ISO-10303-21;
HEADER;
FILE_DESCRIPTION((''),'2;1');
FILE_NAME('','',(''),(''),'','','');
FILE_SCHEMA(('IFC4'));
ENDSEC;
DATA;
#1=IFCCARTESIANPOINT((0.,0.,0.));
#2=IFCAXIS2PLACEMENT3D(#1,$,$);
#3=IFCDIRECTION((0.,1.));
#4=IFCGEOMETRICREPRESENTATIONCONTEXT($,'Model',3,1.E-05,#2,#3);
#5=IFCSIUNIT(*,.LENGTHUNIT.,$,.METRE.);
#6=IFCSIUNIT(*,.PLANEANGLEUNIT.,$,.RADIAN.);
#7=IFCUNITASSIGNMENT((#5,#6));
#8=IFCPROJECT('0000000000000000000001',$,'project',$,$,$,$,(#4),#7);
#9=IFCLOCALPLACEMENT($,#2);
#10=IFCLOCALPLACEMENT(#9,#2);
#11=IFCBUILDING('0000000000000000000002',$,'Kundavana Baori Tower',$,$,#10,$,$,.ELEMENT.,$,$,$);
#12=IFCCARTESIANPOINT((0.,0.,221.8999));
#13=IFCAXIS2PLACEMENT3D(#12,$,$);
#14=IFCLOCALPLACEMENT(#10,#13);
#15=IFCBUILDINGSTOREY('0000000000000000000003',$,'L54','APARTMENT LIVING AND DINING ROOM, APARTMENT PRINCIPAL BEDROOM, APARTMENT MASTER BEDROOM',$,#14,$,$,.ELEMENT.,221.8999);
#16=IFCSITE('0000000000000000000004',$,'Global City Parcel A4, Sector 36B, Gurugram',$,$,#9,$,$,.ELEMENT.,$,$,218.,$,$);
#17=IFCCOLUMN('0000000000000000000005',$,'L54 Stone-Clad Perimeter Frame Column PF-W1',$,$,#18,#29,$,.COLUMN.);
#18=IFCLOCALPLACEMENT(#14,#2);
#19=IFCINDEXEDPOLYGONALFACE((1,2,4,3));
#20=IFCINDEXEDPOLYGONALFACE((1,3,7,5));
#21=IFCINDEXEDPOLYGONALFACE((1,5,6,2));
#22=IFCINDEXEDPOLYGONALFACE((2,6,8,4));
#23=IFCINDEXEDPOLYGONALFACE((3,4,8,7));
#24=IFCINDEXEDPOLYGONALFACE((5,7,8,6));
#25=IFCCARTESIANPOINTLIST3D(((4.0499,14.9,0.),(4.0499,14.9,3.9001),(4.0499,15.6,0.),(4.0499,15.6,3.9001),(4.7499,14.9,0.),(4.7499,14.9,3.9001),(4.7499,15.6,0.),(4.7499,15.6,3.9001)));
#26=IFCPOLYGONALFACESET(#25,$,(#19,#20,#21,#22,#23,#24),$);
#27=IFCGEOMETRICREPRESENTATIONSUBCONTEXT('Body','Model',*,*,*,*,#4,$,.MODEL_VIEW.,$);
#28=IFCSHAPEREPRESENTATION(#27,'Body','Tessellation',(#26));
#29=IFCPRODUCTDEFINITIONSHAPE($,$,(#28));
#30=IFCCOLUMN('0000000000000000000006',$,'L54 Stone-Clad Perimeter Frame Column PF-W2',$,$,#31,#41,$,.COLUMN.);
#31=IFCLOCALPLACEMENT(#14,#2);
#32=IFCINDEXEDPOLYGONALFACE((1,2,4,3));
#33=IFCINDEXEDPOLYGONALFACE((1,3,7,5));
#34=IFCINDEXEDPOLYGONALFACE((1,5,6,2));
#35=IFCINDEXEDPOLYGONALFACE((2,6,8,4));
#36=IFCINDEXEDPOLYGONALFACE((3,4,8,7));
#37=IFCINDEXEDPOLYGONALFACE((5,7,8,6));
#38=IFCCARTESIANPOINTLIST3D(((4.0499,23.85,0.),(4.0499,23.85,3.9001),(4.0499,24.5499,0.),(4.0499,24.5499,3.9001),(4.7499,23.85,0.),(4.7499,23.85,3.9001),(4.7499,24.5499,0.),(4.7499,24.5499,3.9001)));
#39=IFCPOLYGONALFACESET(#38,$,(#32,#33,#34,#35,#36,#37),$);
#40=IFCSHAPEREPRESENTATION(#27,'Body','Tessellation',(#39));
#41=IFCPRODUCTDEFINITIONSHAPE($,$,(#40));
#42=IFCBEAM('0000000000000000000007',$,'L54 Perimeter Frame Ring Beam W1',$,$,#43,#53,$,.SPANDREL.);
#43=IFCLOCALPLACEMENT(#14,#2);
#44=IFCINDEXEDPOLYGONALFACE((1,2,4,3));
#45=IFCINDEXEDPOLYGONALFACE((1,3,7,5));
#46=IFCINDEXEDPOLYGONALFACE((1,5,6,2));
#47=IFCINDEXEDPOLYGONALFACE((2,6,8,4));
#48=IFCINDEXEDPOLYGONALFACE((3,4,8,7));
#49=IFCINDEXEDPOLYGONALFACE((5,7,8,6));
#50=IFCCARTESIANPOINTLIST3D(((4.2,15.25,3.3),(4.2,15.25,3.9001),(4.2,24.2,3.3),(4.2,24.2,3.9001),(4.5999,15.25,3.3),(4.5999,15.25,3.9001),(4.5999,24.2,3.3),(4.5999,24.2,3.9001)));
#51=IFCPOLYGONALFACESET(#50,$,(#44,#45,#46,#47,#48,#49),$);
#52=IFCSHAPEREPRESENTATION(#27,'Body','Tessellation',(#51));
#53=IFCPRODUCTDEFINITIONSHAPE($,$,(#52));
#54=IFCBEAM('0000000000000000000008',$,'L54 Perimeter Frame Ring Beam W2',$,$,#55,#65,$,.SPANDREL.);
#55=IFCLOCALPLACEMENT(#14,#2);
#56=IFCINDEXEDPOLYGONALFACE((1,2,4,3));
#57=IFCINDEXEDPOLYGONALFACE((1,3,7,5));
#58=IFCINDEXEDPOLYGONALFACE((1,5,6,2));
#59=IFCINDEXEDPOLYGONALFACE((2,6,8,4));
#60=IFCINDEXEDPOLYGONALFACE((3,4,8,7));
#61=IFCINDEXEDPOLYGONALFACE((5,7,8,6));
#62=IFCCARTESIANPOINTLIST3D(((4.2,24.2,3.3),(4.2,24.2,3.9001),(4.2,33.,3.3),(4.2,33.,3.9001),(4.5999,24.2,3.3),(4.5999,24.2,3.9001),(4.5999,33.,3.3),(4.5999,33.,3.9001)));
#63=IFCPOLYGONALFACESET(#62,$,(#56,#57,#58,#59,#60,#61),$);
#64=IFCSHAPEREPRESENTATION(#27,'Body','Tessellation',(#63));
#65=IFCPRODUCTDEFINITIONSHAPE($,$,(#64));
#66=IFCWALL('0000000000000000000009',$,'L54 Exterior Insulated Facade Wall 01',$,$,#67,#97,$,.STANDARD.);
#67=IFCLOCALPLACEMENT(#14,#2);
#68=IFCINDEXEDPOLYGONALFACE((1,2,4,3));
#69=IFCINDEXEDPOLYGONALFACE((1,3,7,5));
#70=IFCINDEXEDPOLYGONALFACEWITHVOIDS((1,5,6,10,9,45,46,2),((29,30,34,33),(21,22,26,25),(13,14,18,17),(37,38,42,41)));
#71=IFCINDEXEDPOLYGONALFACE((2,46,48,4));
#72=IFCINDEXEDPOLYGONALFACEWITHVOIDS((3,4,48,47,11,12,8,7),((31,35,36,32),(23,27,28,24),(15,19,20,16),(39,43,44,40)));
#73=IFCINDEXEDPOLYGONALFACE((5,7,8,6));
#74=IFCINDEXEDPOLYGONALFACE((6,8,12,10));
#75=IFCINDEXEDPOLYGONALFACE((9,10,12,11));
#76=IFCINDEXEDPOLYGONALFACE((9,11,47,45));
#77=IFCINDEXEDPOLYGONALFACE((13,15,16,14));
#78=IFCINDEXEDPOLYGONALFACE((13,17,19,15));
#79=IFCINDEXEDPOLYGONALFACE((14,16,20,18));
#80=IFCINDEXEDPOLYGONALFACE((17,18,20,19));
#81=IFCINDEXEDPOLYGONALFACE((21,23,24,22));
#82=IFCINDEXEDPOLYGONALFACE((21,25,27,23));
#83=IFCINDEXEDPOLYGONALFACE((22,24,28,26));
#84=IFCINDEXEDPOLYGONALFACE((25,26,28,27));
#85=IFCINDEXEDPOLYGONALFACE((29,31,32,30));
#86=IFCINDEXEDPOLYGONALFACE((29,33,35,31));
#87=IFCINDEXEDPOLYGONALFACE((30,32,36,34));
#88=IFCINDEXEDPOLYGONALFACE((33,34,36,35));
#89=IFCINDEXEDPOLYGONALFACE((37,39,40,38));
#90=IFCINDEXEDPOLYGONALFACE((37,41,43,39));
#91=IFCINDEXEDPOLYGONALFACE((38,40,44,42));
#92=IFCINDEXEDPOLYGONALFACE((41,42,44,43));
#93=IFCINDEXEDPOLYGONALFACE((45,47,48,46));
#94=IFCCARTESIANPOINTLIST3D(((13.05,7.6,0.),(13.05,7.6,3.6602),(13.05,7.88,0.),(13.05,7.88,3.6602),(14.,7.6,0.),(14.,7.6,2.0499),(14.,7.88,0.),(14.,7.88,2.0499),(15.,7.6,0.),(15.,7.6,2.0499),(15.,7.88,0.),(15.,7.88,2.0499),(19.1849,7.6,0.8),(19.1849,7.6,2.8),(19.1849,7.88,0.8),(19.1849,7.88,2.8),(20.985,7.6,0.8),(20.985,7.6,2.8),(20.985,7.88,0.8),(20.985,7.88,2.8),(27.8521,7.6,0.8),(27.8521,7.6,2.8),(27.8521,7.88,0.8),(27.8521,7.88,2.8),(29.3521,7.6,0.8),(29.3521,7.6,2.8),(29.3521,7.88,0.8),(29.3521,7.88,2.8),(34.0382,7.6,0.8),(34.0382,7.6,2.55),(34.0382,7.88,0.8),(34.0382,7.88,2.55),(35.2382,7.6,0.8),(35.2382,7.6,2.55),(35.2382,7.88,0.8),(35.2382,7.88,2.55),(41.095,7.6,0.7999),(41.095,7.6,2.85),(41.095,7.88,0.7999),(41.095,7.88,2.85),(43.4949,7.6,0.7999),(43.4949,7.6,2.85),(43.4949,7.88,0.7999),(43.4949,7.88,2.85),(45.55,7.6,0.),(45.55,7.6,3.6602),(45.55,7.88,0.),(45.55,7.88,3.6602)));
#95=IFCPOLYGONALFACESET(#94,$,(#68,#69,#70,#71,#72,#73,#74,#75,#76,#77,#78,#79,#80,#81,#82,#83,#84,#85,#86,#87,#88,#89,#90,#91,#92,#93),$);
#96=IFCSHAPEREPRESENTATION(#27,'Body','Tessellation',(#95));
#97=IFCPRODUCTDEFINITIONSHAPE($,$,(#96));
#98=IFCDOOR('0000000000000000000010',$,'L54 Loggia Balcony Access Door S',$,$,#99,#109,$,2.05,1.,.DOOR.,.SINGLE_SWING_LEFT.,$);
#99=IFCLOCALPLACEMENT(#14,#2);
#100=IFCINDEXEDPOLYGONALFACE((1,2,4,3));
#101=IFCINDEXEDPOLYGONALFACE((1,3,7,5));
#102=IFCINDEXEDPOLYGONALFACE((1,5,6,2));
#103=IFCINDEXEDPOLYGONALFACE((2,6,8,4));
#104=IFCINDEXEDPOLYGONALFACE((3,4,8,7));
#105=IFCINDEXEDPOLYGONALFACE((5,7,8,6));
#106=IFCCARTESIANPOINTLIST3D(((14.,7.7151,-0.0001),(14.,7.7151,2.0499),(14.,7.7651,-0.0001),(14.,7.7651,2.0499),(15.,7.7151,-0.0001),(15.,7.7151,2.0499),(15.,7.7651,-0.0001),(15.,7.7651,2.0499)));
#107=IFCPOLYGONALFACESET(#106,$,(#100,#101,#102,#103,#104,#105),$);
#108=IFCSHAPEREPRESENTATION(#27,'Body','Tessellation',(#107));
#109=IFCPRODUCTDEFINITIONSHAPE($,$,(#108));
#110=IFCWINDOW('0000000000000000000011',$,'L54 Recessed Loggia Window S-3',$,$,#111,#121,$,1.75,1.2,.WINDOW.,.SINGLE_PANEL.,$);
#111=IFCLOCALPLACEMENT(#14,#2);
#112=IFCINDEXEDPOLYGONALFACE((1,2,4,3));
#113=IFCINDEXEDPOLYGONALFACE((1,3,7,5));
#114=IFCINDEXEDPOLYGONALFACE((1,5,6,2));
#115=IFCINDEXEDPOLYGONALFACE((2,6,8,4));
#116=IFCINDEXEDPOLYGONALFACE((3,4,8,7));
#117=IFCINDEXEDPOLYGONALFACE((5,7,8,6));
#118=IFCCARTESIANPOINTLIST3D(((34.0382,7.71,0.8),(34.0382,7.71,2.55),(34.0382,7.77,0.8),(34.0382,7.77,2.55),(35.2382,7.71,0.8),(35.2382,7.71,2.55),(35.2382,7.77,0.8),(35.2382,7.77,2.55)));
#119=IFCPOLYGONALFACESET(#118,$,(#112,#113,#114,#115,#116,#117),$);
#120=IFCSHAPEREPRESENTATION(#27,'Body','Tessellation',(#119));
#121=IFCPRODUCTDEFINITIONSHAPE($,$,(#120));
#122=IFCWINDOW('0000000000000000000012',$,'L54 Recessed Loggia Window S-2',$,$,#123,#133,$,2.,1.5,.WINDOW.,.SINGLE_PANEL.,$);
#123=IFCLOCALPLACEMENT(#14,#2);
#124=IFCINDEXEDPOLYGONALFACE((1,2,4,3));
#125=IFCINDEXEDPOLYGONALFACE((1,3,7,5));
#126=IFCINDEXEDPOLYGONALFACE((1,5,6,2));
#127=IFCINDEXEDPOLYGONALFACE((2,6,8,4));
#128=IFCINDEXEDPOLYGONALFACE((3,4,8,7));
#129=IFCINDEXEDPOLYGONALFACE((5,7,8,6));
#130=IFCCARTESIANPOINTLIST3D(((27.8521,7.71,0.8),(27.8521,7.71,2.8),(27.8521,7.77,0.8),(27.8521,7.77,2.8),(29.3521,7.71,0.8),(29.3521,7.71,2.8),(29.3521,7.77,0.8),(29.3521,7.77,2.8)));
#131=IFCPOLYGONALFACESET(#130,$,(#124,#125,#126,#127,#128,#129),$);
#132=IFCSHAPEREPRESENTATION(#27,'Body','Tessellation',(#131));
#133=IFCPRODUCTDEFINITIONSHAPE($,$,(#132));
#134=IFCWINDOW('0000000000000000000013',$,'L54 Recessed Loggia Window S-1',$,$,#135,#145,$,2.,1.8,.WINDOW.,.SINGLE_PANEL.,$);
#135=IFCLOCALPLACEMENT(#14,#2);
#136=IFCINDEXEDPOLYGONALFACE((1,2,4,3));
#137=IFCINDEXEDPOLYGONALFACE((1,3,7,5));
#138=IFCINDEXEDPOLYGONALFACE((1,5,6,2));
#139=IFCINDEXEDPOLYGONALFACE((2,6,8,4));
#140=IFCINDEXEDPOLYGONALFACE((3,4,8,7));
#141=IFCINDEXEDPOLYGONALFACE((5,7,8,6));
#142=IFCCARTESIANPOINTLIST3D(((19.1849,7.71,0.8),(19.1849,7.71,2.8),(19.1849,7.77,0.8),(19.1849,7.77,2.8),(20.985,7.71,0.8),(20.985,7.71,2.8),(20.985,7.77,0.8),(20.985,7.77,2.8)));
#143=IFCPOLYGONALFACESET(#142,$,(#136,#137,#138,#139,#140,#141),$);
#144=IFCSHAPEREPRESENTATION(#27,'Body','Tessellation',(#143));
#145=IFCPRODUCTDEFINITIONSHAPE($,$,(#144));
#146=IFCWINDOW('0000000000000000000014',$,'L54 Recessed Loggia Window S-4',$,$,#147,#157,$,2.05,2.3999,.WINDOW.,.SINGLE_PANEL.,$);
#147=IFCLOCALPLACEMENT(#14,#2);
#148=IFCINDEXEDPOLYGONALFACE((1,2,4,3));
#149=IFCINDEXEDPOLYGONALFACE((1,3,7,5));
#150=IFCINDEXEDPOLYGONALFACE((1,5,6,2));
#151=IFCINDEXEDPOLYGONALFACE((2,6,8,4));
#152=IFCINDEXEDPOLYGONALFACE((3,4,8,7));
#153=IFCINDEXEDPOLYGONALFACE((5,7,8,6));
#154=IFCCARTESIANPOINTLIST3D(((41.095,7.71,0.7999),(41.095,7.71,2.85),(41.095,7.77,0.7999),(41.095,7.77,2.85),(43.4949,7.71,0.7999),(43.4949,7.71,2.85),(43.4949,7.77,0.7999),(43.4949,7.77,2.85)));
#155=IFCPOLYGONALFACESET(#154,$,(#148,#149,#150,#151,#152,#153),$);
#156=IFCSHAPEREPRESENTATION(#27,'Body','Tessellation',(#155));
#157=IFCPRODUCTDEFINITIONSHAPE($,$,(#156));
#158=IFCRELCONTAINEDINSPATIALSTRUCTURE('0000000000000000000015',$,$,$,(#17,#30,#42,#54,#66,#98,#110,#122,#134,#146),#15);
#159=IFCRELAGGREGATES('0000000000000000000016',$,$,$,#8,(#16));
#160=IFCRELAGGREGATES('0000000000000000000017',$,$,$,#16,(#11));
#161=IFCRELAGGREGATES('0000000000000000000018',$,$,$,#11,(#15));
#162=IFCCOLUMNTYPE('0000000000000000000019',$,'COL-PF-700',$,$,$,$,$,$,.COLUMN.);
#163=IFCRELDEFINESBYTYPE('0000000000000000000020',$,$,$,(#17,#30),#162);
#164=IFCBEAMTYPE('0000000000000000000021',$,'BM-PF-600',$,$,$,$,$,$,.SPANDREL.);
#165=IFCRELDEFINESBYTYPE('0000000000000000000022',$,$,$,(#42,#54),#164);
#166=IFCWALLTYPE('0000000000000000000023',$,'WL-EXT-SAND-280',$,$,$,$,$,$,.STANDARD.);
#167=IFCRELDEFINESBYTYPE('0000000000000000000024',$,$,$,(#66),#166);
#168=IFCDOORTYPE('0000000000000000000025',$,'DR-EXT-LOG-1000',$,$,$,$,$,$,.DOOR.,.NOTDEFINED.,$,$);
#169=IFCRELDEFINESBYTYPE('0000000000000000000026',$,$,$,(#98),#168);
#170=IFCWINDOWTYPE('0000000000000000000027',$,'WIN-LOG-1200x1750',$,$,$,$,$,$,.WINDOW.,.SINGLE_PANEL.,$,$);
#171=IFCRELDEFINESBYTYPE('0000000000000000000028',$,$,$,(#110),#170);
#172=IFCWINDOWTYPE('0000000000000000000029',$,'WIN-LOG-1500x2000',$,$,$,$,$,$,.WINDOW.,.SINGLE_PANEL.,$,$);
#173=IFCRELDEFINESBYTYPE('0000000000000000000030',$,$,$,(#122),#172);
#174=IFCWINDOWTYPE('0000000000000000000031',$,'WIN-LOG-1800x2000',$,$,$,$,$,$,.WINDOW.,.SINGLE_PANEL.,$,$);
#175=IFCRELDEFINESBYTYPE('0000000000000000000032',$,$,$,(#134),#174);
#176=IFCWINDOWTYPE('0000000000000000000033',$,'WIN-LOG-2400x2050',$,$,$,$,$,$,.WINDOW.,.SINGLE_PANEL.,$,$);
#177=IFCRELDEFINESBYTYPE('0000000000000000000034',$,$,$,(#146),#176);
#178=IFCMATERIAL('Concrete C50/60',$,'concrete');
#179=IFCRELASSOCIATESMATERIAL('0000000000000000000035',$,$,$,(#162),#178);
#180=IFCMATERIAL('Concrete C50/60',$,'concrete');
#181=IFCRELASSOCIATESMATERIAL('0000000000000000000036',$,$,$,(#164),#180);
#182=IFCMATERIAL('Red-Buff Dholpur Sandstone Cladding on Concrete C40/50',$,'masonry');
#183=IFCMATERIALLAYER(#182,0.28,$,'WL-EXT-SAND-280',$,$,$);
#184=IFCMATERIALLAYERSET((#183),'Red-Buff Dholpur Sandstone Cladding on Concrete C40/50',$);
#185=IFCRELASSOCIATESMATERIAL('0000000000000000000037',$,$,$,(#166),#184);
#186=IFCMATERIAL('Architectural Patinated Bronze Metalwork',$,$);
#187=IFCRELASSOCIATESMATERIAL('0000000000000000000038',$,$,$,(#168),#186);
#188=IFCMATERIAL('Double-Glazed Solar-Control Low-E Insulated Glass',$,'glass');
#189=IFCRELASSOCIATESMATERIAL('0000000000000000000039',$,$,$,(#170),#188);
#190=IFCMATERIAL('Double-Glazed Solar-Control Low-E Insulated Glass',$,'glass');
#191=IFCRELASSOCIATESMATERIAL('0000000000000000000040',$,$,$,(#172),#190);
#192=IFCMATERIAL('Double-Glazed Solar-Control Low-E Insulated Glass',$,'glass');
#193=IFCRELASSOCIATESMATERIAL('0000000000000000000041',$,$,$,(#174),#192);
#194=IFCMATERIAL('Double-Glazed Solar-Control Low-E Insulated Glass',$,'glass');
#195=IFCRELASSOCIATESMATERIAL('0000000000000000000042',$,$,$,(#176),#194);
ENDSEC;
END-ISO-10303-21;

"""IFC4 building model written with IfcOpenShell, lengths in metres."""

from ifc_helpers import new_model, si_unit, direction, frame, frame_2d, origin, origin_2d, place, context, subcontext, project, spatial, rectangle, extrude, material, layer, layer_set, material_profile, profile_set, type_object, element, fill, save


model = new_model("IFC4")

# Units and contexts
model_context = context("Model", 3, precision=1e-05, world=origin(), true_north=direction((0.0, 1.0)))
body_context = subcontext(model_context, "Body", "Model", "MODEL_VIEW")
ifc_project = project(units=[si_unit("LENGTHUNIT", "METRE"), si_unit("PLANEANGLEUNIT", "RADIAN")], contexts=[model_context])

# Site, building, storey
site_placement = place(None, origin())
site = spatial("IfcSite", under=ifc_project, at=site_placement, Name="Global City Parcel A4, Sector 36B, Gurugram", CompositionType="ELEMENT", RefElevation=218.0)
building_placement = place(site_placement, origin())
building = spatial("IfcBuilding", under=site, at=building_placement, Name="Kundavana Baori Tower", CompositionType="ELEMENT")
storey_placement = place(building_placement, frame((0.0, 0.0, 221.8999)))
storey = spatial("IfcBuildingStorey", under=building, at=storey_placement, Name="L54", Description="APARTMENT LIVING AND DINING ROOM, APARTMENT PRINCIPAL BEDROOM, APARTMENT MASTER BEDROOM", CompositionType="ELEMENT", Elevation=221.8999)

# Columns
ifc_material_1 = material(Name="Concrete C50/60", Category="concrete")
ifc_material_profile_1 = material_profile(ifc_material_1, rectangle(XDim=0.7, YDim=0.7, at=origin_2d()), Name="RC PF 700x700")
ifc_profile_set_1 = profile_set([ifc_material_profile_1], Name="Concrete C50/60")
column_type = type_object("IfcColumnType", Name="COL-PF-700", PredefinedType="COLUMN", material=ifc_profile_set_1)
for number, where, z_axis, x_axis, name in (
    (1, (4.3999, 15.25, 0.0), (0.0, 0.0, 1.0), (1.0, 0.0, 0.0), "L54 Stone-Clad Perimeter Frame Column PF-W1"),
    (2, (4.3999, 24.2, 0.0), (0.0, 0.0, 1.0), (1.0, 0.0, 0.0), "L54 Stone-Clad Perimeter Frame Column PF-W2"),
):
    element("IfcColumn", number, at=place(storey_placement, frame(where, z_axis=z_axis, x_axis=x_axis)), inside=storey, type_object=column_type, Name=name, PredefinedType="COLUMN", context=body_context, shape_type="SweptSolid", body=[
        extrude(rectangle(XDim=0.7, YDim=0.7, at=origin_2d()), origin(), (0.0, 0.0, 1.0), 3.9001),
    ])

# Beams
ifc_material_2 = material(Name="Concrete C50/60", Category="concrete")
ifc_material_profile_2 = material_profile(ifc_material_2, rectangle(XDim=0.3999, YDim=0.6001, at=origin_2d()), Name="RC BM 400x600")
ifc_profile_set_2 = profile_set([ifc_material_profile_2], Name="Concrete C50/60")
beam_type = type_object("IfcBeamType", Name="BM-PF-600", PredefinedType="SPANDREL", material=ifc_profile_set_2)
beam_1_placement = place(storey_placement, frame((4.3999, 15.25, 3.6001), z_axis=(0.0, 1.0, 0.0), x_axis=(-1.0, 0.0, 0.0)))
element("IfcBeam", 3, at=beam_1_placement, inside=storey, type_object=beam_type, Name="L54 Perimeter Frame Ring Beam W1", PredefinedType="SPANDREL", context=body_context, shape_type="SweptSolid", body=[
    extrude(rectangle(XDim=0.3999, YDim=0.6001, at=origin_2d()), origin(), (0.0, 0.0, 1.0), 8.95),
])
beam_2_placement = place(storey_placement, frame((4.3999, 24.2, 3.6001), z_axis=(0.0, 1.0, 0.0), x_axis=(-1.0, 0.0, 0.0)))
element("IfcBeam", 4, at=beam_2_placement, inside=storey, type_object=beam_type, Name="L54 Perimeter Frame Ring Beam W2", PredefinedType="SPANDREL", context=body_context, shape_type="SweptSolid", body=[
    extrude(rectangle(XDim=0.3999, YDim=0.6001, at=origin_2d()), origin(), (0.0, 0.0, 1.0), 8.8),
])

# Wall, openings, door, windows
ifc_material_3 = material(Name="Red-Buff Dholpur Sandstone Cladding on Concrete C40/50", Category="masonry")
ifc_layer_1 = layer(ifc_material_3, 0.28, Name="WL-EXT-SAND-280")
ifc_layer_set_1 = layer_set([ifc_layer_1], Name="Red-Buff Dholpur Sandstone Cladding on Concrete C40/50")
wall_type_1 = type_object("IfcWallType", Name="WL-EXT-SAND-280", PredefinedType="STANDARD", material=ifc_layer_set_1)
wall_1_placement = place(storey_placement, frame((13.05, 7.74, 0.0), z_axis=(0.0, 0.0, 1.0), x_axis=(1.0, 0.0, 0.0)))
wall_1 = element("IfcWall", 5, at=wall_1_placement, inside=storey, type_object=wall_type_1, Name="L54 Exterior Insulated Facade Wall 01", PredefinedType="STANDARD", context=body_context, shape_type="SweptSolid", body=[
    extrude(rectangle(XDim=32.5, YDim=0.28, at=frame_2d((16.25, 0.0))), origin(), (0.0, 0.0, 1.0), 3.6602),
])
opening_1_placement = place(wall_1_placement, frame((0.95, 0.0, 0.0)))
opening_1 = element("IfcOpeningElement", 6, at=opening_1_placement, cuts=wall_1, PredefinedType="OPENING", context=body_context, shape_type="SweptSolid", body=[
    extrude(rectangle(XDim=1.0, YDim=2.05, at=frame_2d((0.5, 1.0249))), frame((0.0, 0.1499, 0.0), z_axis=(0.0, -1.0, 0.0), x_axis=(1.0, 0.0, 0.0)), (0.0, 0.0, 1.0), 0.3),
])
opening_2_placement = place(wall_1_placement, frame((6.135, 0.0, 0.8)))
opening_2 = element("IfcOpeningElement", 7, at=opening_2_placement, cuts=wall_1, PredefinedType="OPENING", context=body_context, shape_type="SweptSolid", body=[
    extrude(rectangle(XDim=1.8, YDim=2.0, at=frame_2d((0.8999, 1.0))), frame((0.0, 0.1499, 0.0), z_axis=(0.0, -1.0, 0.0), x_axis=(1.0, 0.0, 0.0)), (0.0, 0.0, 1.0), 0.3),
])
opening_3_placement = place(wall_1_placement, frame((14.802, 0.0, 0.8)))
opening_3 = element("IfcOpeningElement", 8, at=opening_3_placement, cuts=wall_1, PredefinedType="OPENING", context=body_context, shape_type="SweptSolid", body=[
    extrude(rectangle(XDim=1.5, YDim=2.0, at=frame_2d((0.75, 1.0))), frame((0.0, 0.1499, 0.0), z_axis=(0.0, -1.0, 0.0), x_axis=(1.0, 0.0, 0.0)), (0.0, 0.0, 1.0), 0.3),
])
opening_4_placement = place(wall_1_placement, frame((20.988, 0.0, 0.8)))
opening_4 = element("IfcOpeningElement", 9, at=opening_4_placement, cuts=wall_1, PredefinedType="OPENING", context=body_context, shape_type="SweptSolid", body=[
    extrude(rectangle(XDim=1.2, YDim=1.75, at=frame_2d((0.6001, 0.875))), frame((0.0, 0.1499, 0.0), z_axis=(0.0, -1.0, 0.0), x_axis=(1.0, 0.0, 0.0)), (0.0, 0.0, 1.0), 0.3),
])
opening_5_placement = place(wall_1_placement, frame((28.0449, 0.0, 0.8)))
opening_5 = element("IfcOpeningElement", 10, at=opening_5_placement, cuts=wall_1, PredefinedType="OPENING", context=body_context, shape_type="SweptSolid", body=[
    extrude(rectangle(XDim=2.3999, YDim=2.05, at=frame_2d((1.2, 1.0249))), frame((0.0, 0.1499, 0.0), z_axis=(0.0, -1.0, 0.0), x_axis=(1.0, 0.0, 0.0)), (0.0, 0.0, 1.0), 0.3),
])
ifc_material_4 = material(Name="Architectural Patinated Bronze Metalwork")
door_type_1 = type_object("IfcDoorType", Name="DR-EXT-LOG-1000", OperationType="NOTDEFINED", PredefinedType="DOOR", material=ifc_material_4)
door_1_placement = place(opening_1_placement, frame((1.0, 0.0, 0.0), z_axis=(0.0, 0.0, 1.0), x_axis=(-1.0, 0.0, 0.0)))
door_1 = element("IfcDoor", 11, at=door_1_placement, inside=storey, type_object=door_type_1, Name="L54 Loggia Balcony Access Door S", OperationType="SINGLE_SWING_LEFT", OverallHeight=2.05, OverallWidth=1.0, PredefinedType="DOOR", context=body_context, shape_type="SweptSolid", body=[
    extrude(rectangle(XDim=1.0, YDim=2.05, at=frame_2d((0.5, 1.0249))), frame((0.0, 0.0249, 0.0), z_axis=(0.0, -1.0, 0.0), x_axis=(1.0, 0.0, 0.0)), (0.0, 0.0, 1.0), 0.05),
])
fill(opening_1, door_1)
ifc_material_5 = material(Name="Double-Glazed Solar-Control Low-E Insulated Glass", Category="glass")
window_type_1 = type_object("IfcWindowType", Name="WIN-LOG-1200x1750", PartitioningType="SINGLE_PANEL", PredefinedType="WINDOW", material=ifc_material_5)
window_1_placement = place(opening_4_placement, origin())
window_1 = element("IfcWindow", 12, at=window_1_placement, inside=storey, type_object=window_type_1, Name="L54 Recessed Loggia Window S-3", OverallHeight=1.75, OverallWidth=1.2, PartitioningType="SINGLE_PANEL", PredefinedType="WINDOW", context=body_context, shape_type="SweptSolid", body=[
    extrude(rectangle(XDim=1.2, YDim=1.75, at=frame_2d((0.6001, 0.875))), frame((0.0, 0.03, 0.0), z_axis=(0.0, -1.0, 0.0), x_axis=(1.0, 0.0, 0.0)), (0.0, 0.0, 1.0), 0.0601),
])
fill(opening_4, window_1)
ifc_material_6 = material(Name="Double-Glazed Solar-Control Low-E Insulated Glass", Category="glass")
window_type_2 = type_object("IfcWindowType", Name="WIN-LOG-1500x2000", PartitioningType="SINGLE_PANEL", PredefinedType="WINDOW", material=ifc_material_6)
window_2_placement = place(opening_3_placement, origin())
window_2 = element("IfcWindow", 13, at=window_2_placement, inside=storey, type_object=window_type_2, Name="L54 Recessed Loggia Window S-2", OverallHeight=2.0, OverallWidth=1.5, PartitioningType="SINGLE_PANEL", PredefinedType="WINDOW", context=body_context, shape_type="SweptSolid", body=[
    extrude(rectangle(XDim=1.5, YDim=2.0, at=frame_2d((0.75, 1.0))), frame((0.0, 0.03, 0.0), z_axis=(0.0, -1.0, 0.0), x_axis=(1.0, 0.0, 0.0)), (0.0, 0.0, 1.0), 0.0601),
])
fill(opening_3, window_2)
ifc_material_7 = material(Name="Double-Glazed Solar-Control Low-E Insulated Glass", Category="glass")
window_type_3 = type_object("IfcWindowType", Name="WIN-LOG-1800x2000", PartitioningType="SINGLE_PANEL", PredefinedType="WINDOW", material=ifc_material_7)
window_3_placement = place(opening_2_placement, origin())
window_3 = element("IfcWindow", 14, at=window_3_placement, inside=storey, type_object=window_type_3, Name="L54 Recessed Loggia Window S-1", OverallHeight=2.0, OverallWidth=1.8, PartitioningType="SINGLE_PANEL", PredefinedType="WINDOW", context=body_context, shape_type="SweptSolid", body=[
    extrude(rectangle(XDim=1.8, YDim=2.0, at=frame_2d((0.8999, 1.0))), frame((0.0, 0.03, 0.0), z_axis=(0.0, -1.0, 0.0), x_axis=(1.0, 0.0, 0.0)), (0.0, 0.0, 1.0), 0.0601),
])
fill(opening_2, window_3)
ifc_material_8 = material(Name="Double-Glazed Solar-Control Low-E Insulated Glass", Category="glass")
window_type_4 = type_object("IfcWindowType", Name="WIN-LOG-2400x2050", PartitioningType="SINGLE_PANEL", PredefinedType="WINDOW", material=ifc_material_8)
window_4_placement = place(opening_5_placement, origin())
window_4 = element("IfcWindow", 15, at=window_4_placement, inside=storey, type_object=window_type_4, Name="L54 Recessed Loggia Window S-4", OverallHeight=2.05, OverallWidth=2.3999, PartitioningType="SINGLE_PANEL", PredefinedType="WINDOW", context=body_context, shape_type="SweptSolid", body=[
    extrude(rectangle(XDim=2.3999, YDim=2.05, at=frame_2d((1.2, 1.0249))), frame((0.0, 0.03, 0.0), z_axis=(0.0, -1.0, 0.0), x_axis=(1.0, 0.0, 0.0)), (0.0, 0.0, 1.0), 0.0601),
])
fill(opening_5, window_4)

save(model, "model.ifc")
